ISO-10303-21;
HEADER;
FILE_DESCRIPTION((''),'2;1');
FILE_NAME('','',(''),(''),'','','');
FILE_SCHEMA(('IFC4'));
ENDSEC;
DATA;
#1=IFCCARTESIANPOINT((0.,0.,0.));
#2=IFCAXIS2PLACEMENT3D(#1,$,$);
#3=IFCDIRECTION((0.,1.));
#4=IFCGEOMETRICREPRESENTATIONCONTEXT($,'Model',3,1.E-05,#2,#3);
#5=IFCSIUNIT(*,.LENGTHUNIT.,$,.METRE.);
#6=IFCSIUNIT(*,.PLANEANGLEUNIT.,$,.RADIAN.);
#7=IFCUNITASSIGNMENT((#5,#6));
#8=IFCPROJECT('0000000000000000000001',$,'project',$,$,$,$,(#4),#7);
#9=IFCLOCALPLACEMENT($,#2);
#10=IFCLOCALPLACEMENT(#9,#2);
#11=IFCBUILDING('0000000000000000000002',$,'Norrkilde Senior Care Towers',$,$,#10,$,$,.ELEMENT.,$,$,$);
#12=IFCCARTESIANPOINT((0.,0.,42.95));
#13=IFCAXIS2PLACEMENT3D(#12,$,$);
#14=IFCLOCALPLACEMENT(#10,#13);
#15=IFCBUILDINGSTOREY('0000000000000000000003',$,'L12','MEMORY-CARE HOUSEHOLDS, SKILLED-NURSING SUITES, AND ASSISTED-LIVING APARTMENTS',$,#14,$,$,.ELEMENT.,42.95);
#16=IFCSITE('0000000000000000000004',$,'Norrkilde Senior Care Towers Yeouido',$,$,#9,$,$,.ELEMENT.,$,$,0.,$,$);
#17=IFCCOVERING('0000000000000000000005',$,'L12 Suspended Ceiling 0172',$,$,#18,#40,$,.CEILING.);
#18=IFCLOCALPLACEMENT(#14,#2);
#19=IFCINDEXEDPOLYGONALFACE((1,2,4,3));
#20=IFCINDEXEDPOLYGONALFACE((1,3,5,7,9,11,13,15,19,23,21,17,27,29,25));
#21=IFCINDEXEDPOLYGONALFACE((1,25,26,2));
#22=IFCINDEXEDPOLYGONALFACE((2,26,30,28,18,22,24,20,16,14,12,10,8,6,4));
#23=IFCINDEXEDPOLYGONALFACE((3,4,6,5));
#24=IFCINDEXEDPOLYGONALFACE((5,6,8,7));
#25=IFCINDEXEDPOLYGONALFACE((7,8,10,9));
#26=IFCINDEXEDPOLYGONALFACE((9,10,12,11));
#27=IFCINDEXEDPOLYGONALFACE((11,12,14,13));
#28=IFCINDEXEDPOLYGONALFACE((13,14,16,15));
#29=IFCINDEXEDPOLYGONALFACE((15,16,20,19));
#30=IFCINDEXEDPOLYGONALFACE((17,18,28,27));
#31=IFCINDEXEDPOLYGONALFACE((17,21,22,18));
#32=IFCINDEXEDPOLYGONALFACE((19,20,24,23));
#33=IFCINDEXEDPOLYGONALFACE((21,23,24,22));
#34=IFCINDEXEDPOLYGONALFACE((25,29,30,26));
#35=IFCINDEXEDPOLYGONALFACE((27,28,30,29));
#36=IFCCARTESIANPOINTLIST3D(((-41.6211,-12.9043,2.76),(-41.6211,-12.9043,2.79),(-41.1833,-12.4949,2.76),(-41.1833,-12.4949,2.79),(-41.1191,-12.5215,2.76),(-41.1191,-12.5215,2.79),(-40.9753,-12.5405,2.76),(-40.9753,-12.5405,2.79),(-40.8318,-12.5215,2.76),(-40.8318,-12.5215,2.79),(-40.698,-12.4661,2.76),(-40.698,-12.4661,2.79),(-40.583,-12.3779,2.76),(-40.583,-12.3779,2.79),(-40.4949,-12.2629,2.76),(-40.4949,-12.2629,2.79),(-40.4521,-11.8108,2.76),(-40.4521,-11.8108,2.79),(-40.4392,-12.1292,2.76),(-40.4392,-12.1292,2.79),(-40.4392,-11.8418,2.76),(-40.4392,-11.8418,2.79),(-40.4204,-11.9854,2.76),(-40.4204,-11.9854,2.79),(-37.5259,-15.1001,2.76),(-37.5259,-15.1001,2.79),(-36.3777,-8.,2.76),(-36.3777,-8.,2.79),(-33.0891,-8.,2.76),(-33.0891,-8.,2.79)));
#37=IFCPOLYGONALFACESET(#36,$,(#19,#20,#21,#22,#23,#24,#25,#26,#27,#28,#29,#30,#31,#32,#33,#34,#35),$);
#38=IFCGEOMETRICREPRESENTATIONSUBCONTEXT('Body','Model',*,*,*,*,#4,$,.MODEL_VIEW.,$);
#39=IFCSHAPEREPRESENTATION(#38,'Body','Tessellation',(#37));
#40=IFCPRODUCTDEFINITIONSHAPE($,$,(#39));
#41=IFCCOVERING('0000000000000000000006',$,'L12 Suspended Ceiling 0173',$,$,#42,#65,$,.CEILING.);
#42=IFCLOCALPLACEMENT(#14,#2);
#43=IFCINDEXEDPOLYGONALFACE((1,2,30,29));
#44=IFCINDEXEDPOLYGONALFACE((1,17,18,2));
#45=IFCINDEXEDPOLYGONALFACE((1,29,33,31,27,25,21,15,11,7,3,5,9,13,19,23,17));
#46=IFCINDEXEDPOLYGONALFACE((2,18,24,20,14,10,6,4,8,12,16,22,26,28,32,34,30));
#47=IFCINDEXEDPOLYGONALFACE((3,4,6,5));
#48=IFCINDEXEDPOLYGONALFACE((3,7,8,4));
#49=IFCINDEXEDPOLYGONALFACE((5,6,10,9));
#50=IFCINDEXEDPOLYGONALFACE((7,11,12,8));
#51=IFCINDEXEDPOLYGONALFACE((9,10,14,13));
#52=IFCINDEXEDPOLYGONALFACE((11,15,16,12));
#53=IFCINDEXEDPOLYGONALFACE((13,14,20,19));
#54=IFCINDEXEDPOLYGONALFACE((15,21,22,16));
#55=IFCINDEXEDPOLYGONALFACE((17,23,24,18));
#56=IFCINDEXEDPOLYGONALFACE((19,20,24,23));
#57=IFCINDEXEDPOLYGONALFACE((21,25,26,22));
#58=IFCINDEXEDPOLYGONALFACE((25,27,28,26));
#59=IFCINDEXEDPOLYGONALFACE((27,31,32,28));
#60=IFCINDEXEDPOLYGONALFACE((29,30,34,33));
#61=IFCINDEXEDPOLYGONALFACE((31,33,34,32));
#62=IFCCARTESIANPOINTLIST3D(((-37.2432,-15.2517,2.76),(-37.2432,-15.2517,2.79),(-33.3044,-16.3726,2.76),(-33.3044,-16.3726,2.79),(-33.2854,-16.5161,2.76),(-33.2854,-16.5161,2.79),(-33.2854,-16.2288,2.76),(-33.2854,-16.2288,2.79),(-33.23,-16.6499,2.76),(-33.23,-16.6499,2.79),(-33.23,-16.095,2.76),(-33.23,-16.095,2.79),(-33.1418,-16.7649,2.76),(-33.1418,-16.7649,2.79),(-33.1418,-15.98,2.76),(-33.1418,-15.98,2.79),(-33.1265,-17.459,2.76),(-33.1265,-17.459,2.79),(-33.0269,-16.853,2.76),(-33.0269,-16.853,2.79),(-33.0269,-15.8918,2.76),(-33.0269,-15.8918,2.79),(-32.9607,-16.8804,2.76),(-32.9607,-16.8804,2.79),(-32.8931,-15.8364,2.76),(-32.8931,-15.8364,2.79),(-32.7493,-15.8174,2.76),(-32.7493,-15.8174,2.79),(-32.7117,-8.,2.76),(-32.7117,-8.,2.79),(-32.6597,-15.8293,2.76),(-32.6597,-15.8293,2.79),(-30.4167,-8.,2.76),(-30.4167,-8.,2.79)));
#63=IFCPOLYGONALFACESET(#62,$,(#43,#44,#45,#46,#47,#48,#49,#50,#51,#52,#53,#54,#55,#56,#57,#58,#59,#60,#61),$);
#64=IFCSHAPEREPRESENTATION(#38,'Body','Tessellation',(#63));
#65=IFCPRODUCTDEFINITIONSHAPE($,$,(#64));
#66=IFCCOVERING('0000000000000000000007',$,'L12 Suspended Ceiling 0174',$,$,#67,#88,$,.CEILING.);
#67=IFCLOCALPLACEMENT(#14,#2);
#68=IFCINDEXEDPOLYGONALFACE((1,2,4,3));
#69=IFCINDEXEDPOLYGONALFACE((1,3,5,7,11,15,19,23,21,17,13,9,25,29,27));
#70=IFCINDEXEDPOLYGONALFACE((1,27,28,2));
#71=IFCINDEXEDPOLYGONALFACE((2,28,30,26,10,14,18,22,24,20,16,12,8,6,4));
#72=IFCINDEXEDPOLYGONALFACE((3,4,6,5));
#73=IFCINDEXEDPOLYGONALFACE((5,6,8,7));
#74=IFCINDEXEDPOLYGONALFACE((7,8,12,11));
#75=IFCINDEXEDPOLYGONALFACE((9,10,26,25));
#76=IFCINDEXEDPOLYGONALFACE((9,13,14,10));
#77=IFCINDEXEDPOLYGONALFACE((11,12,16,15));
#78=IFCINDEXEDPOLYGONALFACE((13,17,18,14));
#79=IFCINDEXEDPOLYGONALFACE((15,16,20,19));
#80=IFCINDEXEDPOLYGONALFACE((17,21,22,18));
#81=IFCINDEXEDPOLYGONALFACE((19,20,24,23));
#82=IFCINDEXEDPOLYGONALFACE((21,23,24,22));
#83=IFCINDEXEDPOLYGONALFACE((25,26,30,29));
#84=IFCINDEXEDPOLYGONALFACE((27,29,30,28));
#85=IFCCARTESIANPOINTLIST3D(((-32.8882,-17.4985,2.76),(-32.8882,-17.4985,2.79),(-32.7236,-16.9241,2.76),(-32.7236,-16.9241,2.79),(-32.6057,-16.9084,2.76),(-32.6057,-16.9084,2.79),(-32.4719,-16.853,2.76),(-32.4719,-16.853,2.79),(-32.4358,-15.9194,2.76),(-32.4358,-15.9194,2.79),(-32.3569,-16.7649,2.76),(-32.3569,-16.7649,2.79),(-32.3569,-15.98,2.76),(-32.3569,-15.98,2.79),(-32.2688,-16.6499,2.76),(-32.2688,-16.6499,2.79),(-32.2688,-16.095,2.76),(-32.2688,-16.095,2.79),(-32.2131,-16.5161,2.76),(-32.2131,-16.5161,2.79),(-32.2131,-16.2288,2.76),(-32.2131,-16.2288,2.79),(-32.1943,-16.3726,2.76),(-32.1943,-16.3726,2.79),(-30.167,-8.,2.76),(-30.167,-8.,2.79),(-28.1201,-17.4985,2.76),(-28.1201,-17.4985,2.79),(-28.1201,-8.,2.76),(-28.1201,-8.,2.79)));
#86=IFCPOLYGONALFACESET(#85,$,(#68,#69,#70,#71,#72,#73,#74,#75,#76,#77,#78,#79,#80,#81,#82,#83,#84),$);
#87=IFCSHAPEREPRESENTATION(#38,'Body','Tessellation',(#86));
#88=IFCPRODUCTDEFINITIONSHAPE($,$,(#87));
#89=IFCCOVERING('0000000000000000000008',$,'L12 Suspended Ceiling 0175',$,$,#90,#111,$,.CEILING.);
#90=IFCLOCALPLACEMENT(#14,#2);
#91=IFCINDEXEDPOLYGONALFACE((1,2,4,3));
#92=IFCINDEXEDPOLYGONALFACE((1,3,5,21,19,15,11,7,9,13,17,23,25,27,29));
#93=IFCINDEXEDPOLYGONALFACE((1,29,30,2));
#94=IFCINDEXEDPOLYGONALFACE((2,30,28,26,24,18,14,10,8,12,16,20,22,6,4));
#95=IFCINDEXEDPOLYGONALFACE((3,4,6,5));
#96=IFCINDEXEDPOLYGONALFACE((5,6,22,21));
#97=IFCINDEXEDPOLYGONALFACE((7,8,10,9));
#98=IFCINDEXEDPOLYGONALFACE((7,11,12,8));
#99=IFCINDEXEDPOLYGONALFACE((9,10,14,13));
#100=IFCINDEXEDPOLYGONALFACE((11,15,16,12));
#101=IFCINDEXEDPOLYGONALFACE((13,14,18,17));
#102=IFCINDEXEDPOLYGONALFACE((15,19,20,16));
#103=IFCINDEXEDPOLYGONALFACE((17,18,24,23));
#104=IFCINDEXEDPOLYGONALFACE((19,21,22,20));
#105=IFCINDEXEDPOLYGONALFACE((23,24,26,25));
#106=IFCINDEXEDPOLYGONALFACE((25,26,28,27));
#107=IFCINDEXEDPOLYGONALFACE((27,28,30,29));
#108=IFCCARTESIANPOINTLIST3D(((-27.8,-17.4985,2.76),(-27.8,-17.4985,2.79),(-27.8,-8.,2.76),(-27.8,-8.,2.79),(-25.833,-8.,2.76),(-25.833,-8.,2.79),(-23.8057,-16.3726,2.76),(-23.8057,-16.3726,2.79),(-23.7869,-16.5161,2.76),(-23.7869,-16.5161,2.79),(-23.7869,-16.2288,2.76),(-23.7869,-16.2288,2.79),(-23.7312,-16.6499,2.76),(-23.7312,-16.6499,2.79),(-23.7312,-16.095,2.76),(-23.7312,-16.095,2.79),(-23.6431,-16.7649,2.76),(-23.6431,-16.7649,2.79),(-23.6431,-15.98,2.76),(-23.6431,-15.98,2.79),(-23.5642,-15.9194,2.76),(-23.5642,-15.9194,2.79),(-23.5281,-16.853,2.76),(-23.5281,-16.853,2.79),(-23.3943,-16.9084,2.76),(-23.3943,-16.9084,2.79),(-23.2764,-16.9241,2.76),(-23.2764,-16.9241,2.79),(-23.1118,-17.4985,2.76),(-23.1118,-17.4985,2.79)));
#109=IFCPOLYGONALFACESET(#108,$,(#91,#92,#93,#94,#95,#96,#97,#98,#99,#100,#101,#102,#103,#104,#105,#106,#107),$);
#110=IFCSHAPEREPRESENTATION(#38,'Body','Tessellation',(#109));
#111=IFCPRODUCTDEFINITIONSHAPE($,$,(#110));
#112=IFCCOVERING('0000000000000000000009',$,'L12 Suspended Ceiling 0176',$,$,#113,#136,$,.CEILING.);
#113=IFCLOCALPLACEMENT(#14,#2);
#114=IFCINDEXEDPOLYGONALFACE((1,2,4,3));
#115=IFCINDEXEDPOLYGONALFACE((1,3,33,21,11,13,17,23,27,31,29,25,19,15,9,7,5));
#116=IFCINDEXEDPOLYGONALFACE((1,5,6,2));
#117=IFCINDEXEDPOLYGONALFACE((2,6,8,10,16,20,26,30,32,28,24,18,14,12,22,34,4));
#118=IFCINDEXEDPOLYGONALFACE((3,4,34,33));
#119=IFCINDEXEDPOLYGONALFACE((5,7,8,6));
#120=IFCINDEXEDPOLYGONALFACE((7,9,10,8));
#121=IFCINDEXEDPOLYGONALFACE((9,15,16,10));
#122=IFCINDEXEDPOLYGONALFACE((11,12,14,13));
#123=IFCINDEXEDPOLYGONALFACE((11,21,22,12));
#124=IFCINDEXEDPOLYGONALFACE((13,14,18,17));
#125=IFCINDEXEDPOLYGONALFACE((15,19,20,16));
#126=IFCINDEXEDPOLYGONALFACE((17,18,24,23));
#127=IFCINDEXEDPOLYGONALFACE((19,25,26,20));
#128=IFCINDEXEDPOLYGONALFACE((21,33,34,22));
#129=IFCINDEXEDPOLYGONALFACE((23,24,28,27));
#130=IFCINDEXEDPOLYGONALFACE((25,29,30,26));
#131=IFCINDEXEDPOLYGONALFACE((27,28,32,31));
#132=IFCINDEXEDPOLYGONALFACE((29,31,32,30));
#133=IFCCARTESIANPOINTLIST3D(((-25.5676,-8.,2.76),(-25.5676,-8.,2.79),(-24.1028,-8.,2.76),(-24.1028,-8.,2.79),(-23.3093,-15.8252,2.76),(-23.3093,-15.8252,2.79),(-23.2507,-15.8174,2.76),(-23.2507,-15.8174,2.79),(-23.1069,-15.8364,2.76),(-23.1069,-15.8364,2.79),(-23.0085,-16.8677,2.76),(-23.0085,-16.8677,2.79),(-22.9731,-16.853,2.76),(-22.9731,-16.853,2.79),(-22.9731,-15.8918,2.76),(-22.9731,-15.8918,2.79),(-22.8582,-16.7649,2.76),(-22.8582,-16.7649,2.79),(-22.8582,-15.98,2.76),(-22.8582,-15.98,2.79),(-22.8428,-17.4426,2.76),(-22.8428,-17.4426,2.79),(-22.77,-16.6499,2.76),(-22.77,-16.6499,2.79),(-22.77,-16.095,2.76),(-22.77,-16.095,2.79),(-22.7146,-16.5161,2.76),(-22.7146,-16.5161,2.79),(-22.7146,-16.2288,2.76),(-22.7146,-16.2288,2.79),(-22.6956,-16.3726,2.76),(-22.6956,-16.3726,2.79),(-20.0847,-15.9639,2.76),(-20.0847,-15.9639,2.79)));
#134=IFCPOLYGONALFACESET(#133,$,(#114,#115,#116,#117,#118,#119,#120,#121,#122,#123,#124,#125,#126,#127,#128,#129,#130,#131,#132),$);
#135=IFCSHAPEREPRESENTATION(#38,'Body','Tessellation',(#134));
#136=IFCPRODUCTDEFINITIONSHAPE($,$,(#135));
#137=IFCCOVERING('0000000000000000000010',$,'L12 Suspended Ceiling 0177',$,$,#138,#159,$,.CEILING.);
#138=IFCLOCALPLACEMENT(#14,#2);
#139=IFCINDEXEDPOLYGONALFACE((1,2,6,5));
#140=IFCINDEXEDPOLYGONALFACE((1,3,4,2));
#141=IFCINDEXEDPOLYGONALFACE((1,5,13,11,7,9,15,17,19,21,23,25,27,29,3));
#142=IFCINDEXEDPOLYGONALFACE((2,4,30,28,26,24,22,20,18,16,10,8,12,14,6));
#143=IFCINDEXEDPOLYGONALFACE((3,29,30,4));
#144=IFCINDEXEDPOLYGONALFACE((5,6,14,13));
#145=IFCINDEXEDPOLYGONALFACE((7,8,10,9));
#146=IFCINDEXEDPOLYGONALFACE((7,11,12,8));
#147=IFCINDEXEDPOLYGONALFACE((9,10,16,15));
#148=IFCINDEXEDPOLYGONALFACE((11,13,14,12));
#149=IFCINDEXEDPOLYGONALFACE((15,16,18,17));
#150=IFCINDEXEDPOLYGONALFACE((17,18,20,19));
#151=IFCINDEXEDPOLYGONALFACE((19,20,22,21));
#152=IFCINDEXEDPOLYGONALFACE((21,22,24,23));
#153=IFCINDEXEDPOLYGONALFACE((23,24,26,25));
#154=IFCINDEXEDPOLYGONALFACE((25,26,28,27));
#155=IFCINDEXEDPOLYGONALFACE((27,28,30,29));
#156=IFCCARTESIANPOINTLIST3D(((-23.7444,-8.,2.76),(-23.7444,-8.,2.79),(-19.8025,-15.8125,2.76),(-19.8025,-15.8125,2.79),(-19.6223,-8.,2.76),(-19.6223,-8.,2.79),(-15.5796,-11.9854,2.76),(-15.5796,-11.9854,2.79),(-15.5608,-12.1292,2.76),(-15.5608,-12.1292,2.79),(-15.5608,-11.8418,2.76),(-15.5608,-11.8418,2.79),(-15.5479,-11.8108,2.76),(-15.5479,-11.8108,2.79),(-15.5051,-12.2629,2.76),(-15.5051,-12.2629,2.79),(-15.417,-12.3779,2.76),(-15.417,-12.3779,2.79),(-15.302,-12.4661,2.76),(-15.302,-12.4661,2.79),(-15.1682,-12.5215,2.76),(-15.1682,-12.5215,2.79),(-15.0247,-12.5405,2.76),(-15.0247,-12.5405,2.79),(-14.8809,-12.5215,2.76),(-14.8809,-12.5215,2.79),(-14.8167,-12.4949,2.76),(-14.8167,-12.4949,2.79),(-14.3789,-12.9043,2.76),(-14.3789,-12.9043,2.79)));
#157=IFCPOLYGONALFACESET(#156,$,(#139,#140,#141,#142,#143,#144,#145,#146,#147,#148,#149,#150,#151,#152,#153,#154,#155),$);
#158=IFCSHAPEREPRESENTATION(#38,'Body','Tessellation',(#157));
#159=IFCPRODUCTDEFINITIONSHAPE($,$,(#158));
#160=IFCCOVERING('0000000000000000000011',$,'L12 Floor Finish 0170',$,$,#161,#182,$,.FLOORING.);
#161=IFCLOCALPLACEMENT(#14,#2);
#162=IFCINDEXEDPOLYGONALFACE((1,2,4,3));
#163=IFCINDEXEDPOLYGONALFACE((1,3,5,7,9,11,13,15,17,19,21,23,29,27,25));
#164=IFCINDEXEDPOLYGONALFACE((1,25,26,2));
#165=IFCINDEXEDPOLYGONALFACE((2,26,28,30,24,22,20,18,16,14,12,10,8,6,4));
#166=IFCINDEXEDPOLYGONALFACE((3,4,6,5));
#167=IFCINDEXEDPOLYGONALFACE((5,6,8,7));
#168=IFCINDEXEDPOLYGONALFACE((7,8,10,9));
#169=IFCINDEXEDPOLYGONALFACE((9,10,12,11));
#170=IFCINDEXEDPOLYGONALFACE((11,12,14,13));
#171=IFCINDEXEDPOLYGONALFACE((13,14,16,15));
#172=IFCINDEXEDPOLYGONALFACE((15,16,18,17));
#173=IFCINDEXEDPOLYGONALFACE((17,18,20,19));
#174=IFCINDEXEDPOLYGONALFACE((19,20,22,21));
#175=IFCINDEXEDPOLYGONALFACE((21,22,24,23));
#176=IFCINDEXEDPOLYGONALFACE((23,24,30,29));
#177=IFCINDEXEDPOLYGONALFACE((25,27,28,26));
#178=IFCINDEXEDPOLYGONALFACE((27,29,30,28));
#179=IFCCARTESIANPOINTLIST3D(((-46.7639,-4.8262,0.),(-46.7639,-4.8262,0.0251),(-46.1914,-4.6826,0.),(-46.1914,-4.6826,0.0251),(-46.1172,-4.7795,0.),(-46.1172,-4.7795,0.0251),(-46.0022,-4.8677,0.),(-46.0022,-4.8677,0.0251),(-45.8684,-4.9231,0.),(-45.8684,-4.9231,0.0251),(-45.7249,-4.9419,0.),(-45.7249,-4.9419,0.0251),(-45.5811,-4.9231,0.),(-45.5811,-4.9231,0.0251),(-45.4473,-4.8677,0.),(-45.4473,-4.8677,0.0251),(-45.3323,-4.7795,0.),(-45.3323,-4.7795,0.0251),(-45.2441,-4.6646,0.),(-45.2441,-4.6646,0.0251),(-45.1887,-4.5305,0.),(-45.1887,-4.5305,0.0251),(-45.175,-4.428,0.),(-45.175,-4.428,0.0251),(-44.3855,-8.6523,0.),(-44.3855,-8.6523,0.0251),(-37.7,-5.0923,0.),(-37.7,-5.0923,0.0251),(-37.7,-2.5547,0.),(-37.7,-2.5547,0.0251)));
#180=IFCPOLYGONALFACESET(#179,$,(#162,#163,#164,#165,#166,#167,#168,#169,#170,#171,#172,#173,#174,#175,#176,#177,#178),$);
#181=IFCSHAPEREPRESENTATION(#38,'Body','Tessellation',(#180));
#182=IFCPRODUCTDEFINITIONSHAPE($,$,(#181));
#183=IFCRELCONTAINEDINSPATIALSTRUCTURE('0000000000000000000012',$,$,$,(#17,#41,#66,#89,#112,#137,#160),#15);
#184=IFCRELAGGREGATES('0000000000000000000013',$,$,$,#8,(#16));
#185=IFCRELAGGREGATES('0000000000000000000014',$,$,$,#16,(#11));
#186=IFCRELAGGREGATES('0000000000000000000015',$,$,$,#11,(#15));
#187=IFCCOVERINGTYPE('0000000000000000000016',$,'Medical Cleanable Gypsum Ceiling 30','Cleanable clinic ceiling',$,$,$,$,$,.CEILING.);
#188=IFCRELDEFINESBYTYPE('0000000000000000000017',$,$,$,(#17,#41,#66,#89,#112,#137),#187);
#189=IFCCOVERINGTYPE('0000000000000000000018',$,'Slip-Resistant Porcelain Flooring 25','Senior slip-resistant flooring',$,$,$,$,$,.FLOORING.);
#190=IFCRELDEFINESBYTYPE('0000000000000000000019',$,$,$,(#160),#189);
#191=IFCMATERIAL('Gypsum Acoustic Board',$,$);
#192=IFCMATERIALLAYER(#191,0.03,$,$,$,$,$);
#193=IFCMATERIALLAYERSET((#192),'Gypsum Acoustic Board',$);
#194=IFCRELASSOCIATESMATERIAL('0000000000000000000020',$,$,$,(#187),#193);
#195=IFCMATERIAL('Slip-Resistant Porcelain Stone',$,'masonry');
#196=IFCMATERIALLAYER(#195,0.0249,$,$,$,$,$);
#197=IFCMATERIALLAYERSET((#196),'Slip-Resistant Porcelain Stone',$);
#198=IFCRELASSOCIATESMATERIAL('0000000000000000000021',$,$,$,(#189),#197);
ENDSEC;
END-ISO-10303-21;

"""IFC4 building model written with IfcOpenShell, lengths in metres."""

from ifc_helpers import new_model, si_unit, direction, frame, origin, place, context, subcontext, project, spatial, polyline, outline, extrude, material, layer, layer_set, type_object, element, save


model = new_model("IFC4")

# Units and contexts
model_context = context("Model", 3, precision=1e-05, world=origin(), true_north=direction((0.0, 1.0)))
body_context = subcontext(model_context, "Body", "Model", "MODEL_VIEW")
ifc_project = project(units=[si_unit("LENGTHUNIT", "METRE"), si_unit("PLANEANGLEUNIT", "RADIAN")], contexts=[model_context])

# Site, building, storey
site_placement = place(None, origin())
site = spatial("IfcSite", under=ifc_project, at=site_placement, Name="Norrkilde Senior Care Towers Yeouido", CompositionType="ELEMENT", RefElevation=0.0)
building_placement = place(site_placement, origin())
building = spatial("IfcBuilding", under=site, at=building_placement, Name="Norrkilde Senior Care Towers", CompositionType="ELEMENT")
storey_placement = place(building_placement, frame((0.0, 0.0, 42.95)))
storey = spatial("IfcBuildingStorey", under=building, at=storey_placement, Name="L12", Description="MEMORY-CARE HOUSEHOLDS, SKILLED-NURSING SUITES, AND ASSISTED-LIVING APARTMENTS", CompositionType="ELEMENT", Elevation=42.95)

# Coverings
ifc_material_1 = material(Name="Gypsum Acoustic Board")
ifc_layer_1 = layer(ifc_material_1, 0.03)
ifc_layer_set_1 = layer_set([ifc_layer_1], Name="Gypsum Acoustic Board")
covering_type_1 = type_object("IfcCoveringType", Name="Medical Cleanable Gypsum Ceiling 30", Description="Cleanable clinic ceiling", PredefinedType="CEILING", material=ifc_layer_set_1)
covering_1_placement = place(storey_placement, frame((0.0, 0.0, 2.76)))
element("IfcCovering", 1, at=covering_1_placement, inside=storey, type_object=covering_type_1, Name="L12 Suspended Ceiling 0172", PredefinedType="CEILING", context=body_context, shape_type="SweptSolid", body=[
    extrude(outline(polyline([(-41.1833, -12.4949), (-41.1191, -12.5215), (-40.9753, -12.5405), (-40.8318, -12.5215), (-40.698, -12.4661), (-40.583, -12.3779), (-40.4949, -12.2629), (-40.4392, -12.1292), (-40.4204, -11.9854), (-40.4392, -11.8418), (-40.4521, -11.8108), (-36.3777, -8.0), (-33.0891, -8.0), (-37.5259, -15.1001), (-41.6211, -12.9043), (-41.1833, -12.4949)])), origin(), (0.0, 0.0, 1.0), 0.03),
])
covering_2_placement = place(storey_placement, frame((0.0, 0.0, 2.76)))
element("IfcCovering", 2, at=covering_2_placement, inside=storey, type_object=covering_type_1, Name="L12 Suspended Ceiling 0173", PredefinedType="CEILING", context=body_context, shape_type="SweptSolid", body=[
    extrude(outline(polyline([(-32.7117, -8.0), (-30.4167, -8.0), (-32.6597, -15.8293), (-32.7493, -15.8174), (-32.8931, -15.8364), (-33.0269, -15.8918), (-33.1418, -15.98), (-33.23, -16.095), (-33.2854, -16.2288), (-33.3044, -16.3726), (-33.2854, -16.5161), (-33.23, -16.6499), (-33.1418, -16.7649), (-33.0269, -16.853), (-32.9607, -16.8804), (-33.1265, -17.459), (-37.2432, -15.2517), (-32.7117, -8.0)])), origin(), (0.0, 0.0, 1.0), 0.03),
])
covering_3_placement = place(storey_placement, frame((0.0, 0.0, 2.76)))
element("IfcCovering", 3, at=covering_3_placement, inside=storey, type_object=covering_type_1, Name="L12 Suspended Ceiling 0174", PredefinedType="CEILING", context=body_context, shape_type="SweptSolid", body=[
    extrude(outline(polyline([(-32.7236, -16.9241), (-32.6057, -16.9084), (-32.4719, -16.853), (-32.3569, -16.7649), (-32.2688, -16.6499), (-32.2131, -16.5161), (-32.1943, -16.3726), (-32.2131, -16.2288), (-32.2688, -16.095), (-32.3569, -15.98), (-32.4358, -15.9194), (-30.167, -8.0), (-28.1201, -8.0), (-28.1201, -17.4985), (-32.8882, -17.4985), (-32.7236, -16.9241)])), origin(), (0.0, 0.0, 1.0), 0.03),
])
covering_4_placement = place(storey_placement, frame((0.0, 0.0, 2.76)))
element("IfcCovering", 4, at=covering_4_placement, inside=storey, type_object=covering_type_1, Name="L12 Suspended Ceiling 0175", PredefinedType="CEILING", context=body_context, shape_type="SweptSolid", body=[
    extrude(outline(polyline([(-27.8, -17.4985), (-27.8, -8.0), (-25.833, -8.0), (-23.5642, -15.9194), (-23.6431, -15.98), (-23.7312, -16.095), (-23.7869, -16.2288), (-23.8057, -16.3726), (-23.7869, -16.5161), (-23.7312, -16.6499), (-23.6431, -16.7649), (-23.5281, -16.853), (-23.3943, -16.9084), (-23.2764, -16.9241), (-23.1118, -17.4985), (-27.8, -17.4985)])), origin(), (0.0, 0.0, 1.0), 0.03),
])
covering_5_placement = place(storey_placement, frame((0.0, 0.0, 2.76)))
element("IfcCovering", 5, at=covering_5_placement, inside=storey, type_object=covering_type_1, Name="L12 Suspended Ceiling 0176", PredefinedType="CEILING", context=body_context, shape_type="SweptSolid", body=[
    extrude(outline(polyline([(-23.0085, -16.8677), (-22.9731, -16.853), (-22.8582, -16.7649), (-22.77, -16.6499), (-22.7146, -16.5161), (-22.6956, -16.3726), (-22.7146, -16.2288), (-22.77, -16.095), (-22.8582, -15.98), (-22.9731, -15.8918), (-23.1069, -15.8364), (-23.2507, -15.8174), (-23.3093, -15.8252), (-25.5676, -8.0), (-24.1028, -8.0), (-20.0847, -15.9639), (-22.8428, -17.4426), (-23.0085, -16.8677)])), origin(), (0.0, 0.0, 1.0), 0.03),
])
covering_6_placement = place(storey_placement, frame((0.0, 0.0, 2.76)))
element("IfcCovering", 6, at=covering_6_placement, inside=storey, type_object=covering_type_1, Name="L12 Suspended Ceiling 0177", PredefinedType="CEILING", context=body_context, shape_type="SweptSolid", body=[
    extrude(outline(polyline([(-19.8025, -15.8125), (-23.7444, -8.0), (-19.6223, -8.0), (-15.5479, -11.8108), (-15.5608, -11.8418), (-15.5796, -11.9854), (-15.5608, -12.1292), (-15.5051, -12.2629), (-15.417, -12.3779), (-15.302, -12.4661), (-15.1682, -12.5215), (-15.0247, -12.5405), (-14.8809, -12.5215), (-14.8167, -12.4949), (-14.3789, -12.9043), (-19.8025, -15.8125)])), origin(), (0.0, 0.0, 1.0), 0.03),
])
ifc_material_2 = material(Name="Slip-Resistant Porcelain Stone", Category="masonry")
ifc_layer_2 = layer(ifc_material_2, 0.0249)
ifc_layer_set_2 = layer_set([ifc_layer_2], Name="Slip-Resistant Porcelain Stone")
covering_type_2 = type_object("IfcCoveringType", Name="Slip-Resistant Porcelain Flooring 25", Description="Senior slip-resistant flooring", PredefinedType="FLOORING", material=ifc_layer_set_2)
covering_7_placement = place(storey_placement, origin())
element("IfcCovering", 7, at=covering_7_placement, inside=storey, type_object=covering_type_2, Name="L12 Floor Finish 0170", PredefinedType="FLOORING", context=body_context, shape_type="SweptSolid", body=[
    extrude(outline(polyline([(-46.1914, -4.6826), (-46.1172, -4.7795), (-46.0022, -4.8677), (-45.8684, -4.9231), (-45.7249, -4.9419), (-45.5811, -4.9231), (-45.4473, -4.8677), (-45.3323, -4.7795), (-45.2441, -4.6646), (-45.1887, -4.5305), (-45.175, -4.428), (-37.7, -2.5547), (-37.7, -5.0923), (-44.3855, -8.6523), (-46.7639, -4.8262), (-46.1914, -4.6826)])), origin(), (0.0, 0.0, 1.0), 0.0251),
])

save(model, "model.ifc")
